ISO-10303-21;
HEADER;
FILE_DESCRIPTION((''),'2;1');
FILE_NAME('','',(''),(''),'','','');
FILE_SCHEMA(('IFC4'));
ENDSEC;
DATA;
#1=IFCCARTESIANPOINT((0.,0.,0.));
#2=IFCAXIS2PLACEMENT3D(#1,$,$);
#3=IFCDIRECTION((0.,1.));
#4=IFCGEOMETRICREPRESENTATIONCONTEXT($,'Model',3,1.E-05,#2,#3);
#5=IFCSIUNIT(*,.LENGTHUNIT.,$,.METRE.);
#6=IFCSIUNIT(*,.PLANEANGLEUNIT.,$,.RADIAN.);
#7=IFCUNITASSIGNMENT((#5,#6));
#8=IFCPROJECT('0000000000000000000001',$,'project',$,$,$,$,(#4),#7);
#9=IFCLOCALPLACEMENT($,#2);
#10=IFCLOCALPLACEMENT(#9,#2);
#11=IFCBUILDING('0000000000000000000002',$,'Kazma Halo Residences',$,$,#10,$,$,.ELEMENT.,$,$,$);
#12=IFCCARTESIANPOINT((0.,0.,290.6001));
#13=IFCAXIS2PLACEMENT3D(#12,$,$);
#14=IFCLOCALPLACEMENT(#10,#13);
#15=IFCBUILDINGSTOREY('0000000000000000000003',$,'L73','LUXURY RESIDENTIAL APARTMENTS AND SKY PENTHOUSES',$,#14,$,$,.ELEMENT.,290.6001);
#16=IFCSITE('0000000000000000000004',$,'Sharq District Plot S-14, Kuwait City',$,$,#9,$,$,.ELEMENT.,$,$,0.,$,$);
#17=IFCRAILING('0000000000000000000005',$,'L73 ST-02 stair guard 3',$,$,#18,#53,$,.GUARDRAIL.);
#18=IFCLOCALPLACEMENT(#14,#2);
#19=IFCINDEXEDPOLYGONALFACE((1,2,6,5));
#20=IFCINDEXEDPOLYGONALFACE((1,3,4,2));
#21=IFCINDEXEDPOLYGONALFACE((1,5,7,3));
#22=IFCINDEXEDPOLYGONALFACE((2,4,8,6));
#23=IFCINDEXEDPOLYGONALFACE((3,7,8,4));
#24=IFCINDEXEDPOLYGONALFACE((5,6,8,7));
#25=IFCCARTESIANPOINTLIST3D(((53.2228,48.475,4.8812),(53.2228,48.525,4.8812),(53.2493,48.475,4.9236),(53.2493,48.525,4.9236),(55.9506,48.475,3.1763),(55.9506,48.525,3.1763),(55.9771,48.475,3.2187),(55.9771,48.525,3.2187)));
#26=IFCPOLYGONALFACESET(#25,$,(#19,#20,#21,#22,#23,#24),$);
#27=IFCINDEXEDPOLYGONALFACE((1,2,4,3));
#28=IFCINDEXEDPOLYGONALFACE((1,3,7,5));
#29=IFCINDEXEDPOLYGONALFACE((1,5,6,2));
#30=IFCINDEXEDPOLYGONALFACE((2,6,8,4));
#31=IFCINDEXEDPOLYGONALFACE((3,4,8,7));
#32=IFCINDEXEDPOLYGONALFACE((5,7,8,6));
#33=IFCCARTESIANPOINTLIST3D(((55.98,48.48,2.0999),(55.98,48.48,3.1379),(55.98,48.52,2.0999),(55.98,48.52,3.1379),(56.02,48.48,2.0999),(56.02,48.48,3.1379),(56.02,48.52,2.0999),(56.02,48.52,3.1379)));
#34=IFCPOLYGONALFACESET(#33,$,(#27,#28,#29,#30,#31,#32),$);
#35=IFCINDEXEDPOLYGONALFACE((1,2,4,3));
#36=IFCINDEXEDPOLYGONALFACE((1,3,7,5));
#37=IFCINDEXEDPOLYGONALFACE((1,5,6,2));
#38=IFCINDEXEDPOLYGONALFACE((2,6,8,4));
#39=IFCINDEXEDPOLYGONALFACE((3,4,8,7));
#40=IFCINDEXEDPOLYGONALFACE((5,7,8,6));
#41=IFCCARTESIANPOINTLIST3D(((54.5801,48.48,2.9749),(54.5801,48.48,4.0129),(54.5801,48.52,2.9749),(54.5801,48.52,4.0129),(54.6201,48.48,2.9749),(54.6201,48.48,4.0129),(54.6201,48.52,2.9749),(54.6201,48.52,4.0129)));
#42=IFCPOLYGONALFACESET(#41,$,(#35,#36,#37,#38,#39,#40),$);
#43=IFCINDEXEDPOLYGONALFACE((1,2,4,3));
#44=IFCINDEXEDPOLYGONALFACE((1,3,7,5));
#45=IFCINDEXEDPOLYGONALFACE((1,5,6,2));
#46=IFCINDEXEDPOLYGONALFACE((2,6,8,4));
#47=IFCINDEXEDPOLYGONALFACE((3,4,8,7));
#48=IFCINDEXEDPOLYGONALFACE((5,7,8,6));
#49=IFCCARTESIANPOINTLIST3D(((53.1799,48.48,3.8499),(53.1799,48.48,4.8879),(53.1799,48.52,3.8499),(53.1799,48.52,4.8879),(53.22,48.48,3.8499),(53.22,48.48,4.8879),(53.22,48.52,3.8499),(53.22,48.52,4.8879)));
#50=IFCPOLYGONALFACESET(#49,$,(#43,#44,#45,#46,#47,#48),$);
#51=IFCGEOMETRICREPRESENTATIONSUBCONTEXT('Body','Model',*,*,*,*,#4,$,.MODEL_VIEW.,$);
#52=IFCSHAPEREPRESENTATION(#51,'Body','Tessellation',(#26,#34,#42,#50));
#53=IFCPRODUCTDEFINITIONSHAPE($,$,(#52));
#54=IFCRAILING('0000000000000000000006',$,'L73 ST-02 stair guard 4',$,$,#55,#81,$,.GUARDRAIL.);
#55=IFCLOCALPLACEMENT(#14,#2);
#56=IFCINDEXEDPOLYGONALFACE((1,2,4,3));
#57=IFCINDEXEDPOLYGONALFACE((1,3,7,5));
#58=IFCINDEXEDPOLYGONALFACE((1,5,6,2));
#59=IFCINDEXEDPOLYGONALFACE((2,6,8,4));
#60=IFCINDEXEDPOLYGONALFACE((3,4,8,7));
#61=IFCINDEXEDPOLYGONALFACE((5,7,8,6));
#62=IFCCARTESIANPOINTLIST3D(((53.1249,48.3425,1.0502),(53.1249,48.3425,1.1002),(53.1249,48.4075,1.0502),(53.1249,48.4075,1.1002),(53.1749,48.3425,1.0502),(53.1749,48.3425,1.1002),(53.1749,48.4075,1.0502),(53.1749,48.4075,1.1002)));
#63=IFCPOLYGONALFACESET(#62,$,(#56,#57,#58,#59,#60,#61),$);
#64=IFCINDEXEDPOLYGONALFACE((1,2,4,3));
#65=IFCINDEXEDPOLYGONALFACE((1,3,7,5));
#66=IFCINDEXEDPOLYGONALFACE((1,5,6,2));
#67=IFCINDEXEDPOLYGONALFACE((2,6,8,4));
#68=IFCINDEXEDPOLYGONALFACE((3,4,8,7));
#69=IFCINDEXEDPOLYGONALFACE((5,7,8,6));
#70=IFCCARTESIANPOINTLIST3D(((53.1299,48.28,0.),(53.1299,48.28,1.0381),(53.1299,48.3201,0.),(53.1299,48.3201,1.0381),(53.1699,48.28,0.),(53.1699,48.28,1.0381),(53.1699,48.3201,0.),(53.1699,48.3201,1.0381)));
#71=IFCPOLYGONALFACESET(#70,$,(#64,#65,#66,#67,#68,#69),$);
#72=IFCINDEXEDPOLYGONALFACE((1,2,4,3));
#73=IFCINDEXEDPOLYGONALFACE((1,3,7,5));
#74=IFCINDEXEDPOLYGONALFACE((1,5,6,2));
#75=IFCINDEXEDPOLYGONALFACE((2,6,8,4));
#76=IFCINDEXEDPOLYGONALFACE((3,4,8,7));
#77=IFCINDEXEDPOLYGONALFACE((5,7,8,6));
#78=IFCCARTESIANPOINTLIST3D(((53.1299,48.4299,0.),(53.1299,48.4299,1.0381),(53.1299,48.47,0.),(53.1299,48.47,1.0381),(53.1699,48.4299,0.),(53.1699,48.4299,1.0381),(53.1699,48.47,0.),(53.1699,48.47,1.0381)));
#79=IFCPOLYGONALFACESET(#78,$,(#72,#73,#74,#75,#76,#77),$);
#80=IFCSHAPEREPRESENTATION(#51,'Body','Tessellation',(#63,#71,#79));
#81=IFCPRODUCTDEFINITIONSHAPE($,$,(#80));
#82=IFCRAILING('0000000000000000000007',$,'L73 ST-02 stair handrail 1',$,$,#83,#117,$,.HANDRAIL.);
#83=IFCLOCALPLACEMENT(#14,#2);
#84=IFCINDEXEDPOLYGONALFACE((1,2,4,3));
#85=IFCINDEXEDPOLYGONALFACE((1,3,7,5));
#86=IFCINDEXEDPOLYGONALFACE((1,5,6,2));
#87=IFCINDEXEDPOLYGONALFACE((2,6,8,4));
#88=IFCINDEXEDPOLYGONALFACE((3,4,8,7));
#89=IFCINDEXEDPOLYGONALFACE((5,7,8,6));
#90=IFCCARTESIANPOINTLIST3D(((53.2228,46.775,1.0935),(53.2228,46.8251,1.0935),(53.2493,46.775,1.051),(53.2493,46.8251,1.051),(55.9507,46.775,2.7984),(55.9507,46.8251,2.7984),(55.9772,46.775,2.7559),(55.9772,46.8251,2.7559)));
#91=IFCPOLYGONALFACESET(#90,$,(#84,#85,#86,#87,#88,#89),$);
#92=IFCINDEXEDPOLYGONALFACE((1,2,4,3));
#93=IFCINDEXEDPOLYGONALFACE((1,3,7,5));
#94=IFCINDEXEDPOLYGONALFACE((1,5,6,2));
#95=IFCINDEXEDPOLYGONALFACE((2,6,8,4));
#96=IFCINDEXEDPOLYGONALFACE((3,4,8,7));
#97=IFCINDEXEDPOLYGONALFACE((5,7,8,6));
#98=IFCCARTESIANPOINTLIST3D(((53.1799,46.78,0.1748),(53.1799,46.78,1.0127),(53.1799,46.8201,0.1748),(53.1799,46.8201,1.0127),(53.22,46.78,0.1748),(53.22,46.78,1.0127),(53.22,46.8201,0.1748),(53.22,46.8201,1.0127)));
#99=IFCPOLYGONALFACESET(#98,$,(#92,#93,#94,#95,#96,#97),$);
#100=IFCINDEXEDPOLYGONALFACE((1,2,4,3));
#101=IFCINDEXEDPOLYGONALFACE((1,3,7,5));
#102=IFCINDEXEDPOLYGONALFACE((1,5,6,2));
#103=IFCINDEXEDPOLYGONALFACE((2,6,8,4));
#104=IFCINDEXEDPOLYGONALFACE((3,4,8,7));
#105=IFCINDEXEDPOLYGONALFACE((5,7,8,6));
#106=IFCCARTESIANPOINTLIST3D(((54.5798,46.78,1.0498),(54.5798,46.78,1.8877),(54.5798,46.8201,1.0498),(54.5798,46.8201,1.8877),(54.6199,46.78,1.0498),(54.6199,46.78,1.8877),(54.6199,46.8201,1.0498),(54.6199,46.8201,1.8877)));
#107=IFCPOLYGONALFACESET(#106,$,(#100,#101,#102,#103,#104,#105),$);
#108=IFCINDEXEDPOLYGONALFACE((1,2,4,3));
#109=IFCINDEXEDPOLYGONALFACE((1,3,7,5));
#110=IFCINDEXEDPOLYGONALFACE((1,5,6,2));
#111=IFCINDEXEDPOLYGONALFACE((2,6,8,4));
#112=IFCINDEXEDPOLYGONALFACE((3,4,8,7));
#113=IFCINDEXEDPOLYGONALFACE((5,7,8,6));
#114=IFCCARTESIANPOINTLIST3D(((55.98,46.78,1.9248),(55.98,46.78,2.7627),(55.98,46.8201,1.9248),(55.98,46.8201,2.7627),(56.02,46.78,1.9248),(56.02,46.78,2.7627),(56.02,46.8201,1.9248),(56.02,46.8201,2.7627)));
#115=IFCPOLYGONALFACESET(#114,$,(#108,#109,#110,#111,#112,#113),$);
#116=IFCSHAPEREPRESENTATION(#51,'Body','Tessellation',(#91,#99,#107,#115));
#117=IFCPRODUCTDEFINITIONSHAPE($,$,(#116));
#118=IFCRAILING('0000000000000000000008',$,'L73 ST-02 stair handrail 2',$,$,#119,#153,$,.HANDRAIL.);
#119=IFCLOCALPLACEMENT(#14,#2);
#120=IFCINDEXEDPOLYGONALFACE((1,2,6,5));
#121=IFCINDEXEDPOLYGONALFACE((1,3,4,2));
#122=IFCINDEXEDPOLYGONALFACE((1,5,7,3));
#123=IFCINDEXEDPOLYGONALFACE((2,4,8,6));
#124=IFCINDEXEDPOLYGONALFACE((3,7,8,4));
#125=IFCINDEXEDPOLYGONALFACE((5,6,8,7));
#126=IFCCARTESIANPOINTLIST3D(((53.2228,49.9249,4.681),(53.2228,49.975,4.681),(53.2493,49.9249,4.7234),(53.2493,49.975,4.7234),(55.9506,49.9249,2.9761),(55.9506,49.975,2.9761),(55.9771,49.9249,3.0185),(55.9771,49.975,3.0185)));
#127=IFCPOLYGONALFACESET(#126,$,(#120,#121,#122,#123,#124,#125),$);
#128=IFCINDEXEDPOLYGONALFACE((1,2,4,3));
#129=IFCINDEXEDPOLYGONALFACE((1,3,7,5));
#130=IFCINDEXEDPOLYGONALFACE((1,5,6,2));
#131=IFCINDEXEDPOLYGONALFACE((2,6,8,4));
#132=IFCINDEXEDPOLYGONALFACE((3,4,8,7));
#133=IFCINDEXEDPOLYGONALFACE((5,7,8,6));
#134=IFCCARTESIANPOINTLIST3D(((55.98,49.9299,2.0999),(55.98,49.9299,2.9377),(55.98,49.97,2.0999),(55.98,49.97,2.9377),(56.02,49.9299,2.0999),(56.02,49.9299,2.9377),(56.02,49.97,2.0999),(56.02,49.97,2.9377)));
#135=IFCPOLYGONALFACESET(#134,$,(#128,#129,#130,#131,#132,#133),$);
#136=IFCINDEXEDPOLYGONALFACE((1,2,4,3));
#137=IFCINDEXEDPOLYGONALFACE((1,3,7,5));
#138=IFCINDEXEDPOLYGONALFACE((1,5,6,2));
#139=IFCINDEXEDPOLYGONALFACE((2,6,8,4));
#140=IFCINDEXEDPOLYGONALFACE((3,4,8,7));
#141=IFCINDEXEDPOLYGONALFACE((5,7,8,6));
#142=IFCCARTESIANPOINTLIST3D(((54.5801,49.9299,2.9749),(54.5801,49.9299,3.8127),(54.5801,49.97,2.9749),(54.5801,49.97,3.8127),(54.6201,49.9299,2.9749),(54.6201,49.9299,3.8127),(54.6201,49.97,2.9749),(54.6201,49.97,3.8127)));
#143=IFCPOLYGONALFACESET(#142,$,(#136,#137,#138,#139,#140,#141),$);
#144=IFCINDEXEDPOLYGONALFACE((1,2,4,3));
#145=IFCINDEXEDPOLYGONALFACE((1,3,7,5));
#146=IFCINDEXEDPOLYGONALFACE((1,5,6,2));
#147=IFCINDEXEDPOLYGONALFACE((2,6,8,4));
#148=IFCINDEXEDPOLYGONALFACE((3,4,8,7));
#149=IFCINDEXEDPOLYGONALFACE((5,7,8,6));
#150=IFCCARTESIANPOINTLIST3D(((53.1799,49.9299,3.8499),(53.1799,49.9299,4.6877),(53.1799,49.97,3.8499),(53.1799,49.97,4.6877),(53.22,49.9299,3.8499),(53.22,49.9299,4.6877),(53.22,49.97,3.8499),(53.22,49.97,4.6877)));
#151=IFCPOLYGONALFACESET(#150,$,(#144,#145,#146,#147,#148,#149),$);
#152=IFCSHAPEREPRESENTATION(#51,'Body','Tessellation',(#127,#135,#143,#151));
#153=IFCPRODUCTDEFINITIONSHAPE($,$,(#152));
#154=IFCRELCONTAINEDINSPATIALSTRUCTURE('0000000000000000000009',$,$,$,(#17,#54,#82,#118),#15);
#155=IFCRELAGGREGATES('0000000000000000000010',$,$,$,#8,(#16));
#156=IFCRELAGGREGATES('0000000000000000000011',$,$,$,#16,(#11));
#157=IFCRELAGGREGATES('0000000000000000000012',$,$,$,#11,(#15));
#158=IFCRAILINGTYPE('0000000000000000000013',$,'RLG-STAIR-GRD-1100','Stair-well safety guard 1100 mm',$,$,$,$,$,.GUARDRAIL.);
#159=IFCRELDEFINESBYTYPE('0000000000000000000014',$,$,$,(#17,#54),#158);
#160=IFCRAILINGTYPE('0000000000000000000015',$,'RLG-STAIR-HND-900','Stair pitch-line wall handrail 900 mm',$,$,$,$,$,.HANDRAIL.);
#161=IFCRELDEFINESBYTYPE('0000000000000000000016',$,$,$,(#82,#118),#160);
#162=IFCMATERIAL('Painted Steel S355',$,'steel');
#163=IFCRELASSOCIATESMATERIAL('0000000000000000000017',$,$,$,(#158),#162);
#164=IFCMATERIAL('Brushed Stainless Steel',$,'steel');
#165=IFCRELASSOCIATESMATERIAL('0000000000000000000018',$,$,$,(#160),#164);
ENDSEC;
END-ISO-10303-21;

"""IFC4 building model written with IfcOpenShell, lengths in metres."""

from ifc_helpers import new_model, si_unit, direction, frame, origin, origin_2d, place, context, subcontext, project, spatial, rectangle, extrude, material, type_object, element, save


model = new_model("IFC4")

# Units and contexts
model_context = context("Model", 3, precision=1e-05, world=origin(), true_north=direction((0.0, 1.0)))
body_context = subcontext(model_context, "Body", "Model", "MODEL_VIEW")
ifc_project = project(units=[si_unit("LENGTHUNIT", "METRE"), si_unit("PLANEANGLEUNIT", "RADIAN")], contexts=[model_context])

# Site, building, storey
site_placement = place(None, origin())
site = spatial("IfcSite", under=ifc_project, at=site_placement, Name="Sharq District Plot S-14, Kuwait City", CompositionType="ELEMENT", RefElevation=0.0)
building_placement = place(site_placement, origin())
building = spatial("IfcBuilding", under=site, at=building_placement, Name="Kazma Halo Residences", CompositionType="ELEMENT")
storey_placement = place(building_placement, frame((0.0, 0.0, 290.6001)))
storey = spatial("IfcBuildingStorey", under=building, at=storey_placement, Name="L73", Description="LUXURY RESIDENTIAL APARTMENTS AND SKY PENTHOUSES", CompositionType="ELEMENT", Elevation=290.6001)

# Railings
ifc_material_1 = material(Name="Painted Steel S355", Category="steel")
railing_type_1 = type_object("IfcRailingType", Name="RLG-STAIR-GRD-1100", Description="Stair-well safety guard 1100 mm", PredefinedType="GUARDRAIL", material=ifc_material_1)
railing_1_placement = place(storey_placement, frame((56.0, 48.5, 2.0999)))
element("IfcRailing", 1, at=railing_1_placement, inside=storey, type_object=railing_type_1, Name="L73 ST-02 stair guard 3", PredefinedType="GUARDRAIL", context=body_context, shape_type="SweptSolid", body=[
    extrude(rectangle(XDim=0.05, YDim=0.05, at=origin_2d()), frame((-0.0361, 0.0, 1.0977), z_axis=(-0.848002, 0.0, 0.529992), x_axis=(0.0, -1.0, 0.0)), (0.0, 0.0, 1.0), 3.2168),
    extrude(rectangle(XDim=0.04, YDim=0.04, at=origin_2d()), origin(), (0.0, 0.0, 1.0), 1.0381),
    extrude(rectangle(XDim=0.04, YDim=0.04, at=origin_2d()), frame((-1.3999, 0.0, 0.875)), (0.0, 0.0, 1.0), 1.0381),
    extrude(rectangle(XDim=0.04, YDim=0.04, at=origin_2d()), frame((-2.8, 0.0, 1.75)), (0.0, 0.0, 1.0), 1.0381),
])
railing_2_placement = place(storey_placement, frame((53.1499, 48.3, 0.0)))
element("IfcRailing", 2, at=railing_2_placement, inside=storey, type_object=railing_type_1, Name="L73 ST-02 stair guard 4", PredefinedType="GUARDRAIL", context=body_context, shape_type="SweptSolid", body=[
    extrude(rectangle(XDim=0.05, YDim=0.05, at=origin_2d()), frame((0.0, 0.0425, 1.0752), z_axis=(0.0, 1.0, 0.0), x_axis=(-1.0, 0.0, 0.0)), (0.0, 0.0, 1.0), 0.0649),
    extrude(rectangle(XDim=0.04, YDim=0.04, at=origin_2d()), origin(), (0.0, 0.0, 1.0), 1.0381),
    extrude(rectangle(XDim=0.04, YDim=0.04, at=origin_2d()), frame((0.0, 0.1499, 0.0)), (0.0, 0.0, 1.0), 1.0381),
])
ifc_material_2 = material(Name="Brushed Stainless Steel", Category="steel")
railing_type_2 = type_object("IfcRailingType", Name="RLG-STAIR-HND-900", Description="Stair pitch-line wall handrail 900 mm", PredefinedType="HANDRAIL", material=ifc_material_2)
railing_3_placement = place(storey_placement, frame((53.2, 46.8, 0.1748)))
element("IfcRailing", 3, at=railing_3_placement, inside=storey, type_object=railing_type_2, Name="L73 ST-02 stair handrail 1", PredefinedType="HANDRAIL", context=body_context, shape_type="SweptSolid", body=[
    extrude(rectangle(XDim=0.05, YDim=0.05, at=origin_2d()), frame((0.0361, 0.0, 0.8975), z_axis=(0.848002, 0.0, 0.529992), x_axis=(0.0, 1.0, 0.0)), (0.0, 0.0, 1.0), 3.2168),
    extrude(rectangle(XDim=0.04, YDim=0.04, at=origin_2d()), origin(), (0.0, 0.0, 1.0), 0.8379),
    extrude(rectangle(XDim=0.04, YDim=0.04, at=origin_2d()), frame((1.3999, 0.0, 0.875)), (0.0, 0.0, 1.0), 0.8379),
    extrude(rectangle(XDim=0.04, YDim=0.04, at=origin_2d()), frame((2.8, 0.0, 1.75)), (0.0, 0.0, 1.0), 0.8379),
])
railing_4_placement = place(storey_placement, frame((56.0, 49.95, 2.0999)))
element("IfcRailing", 4, at=railing_4_placement, inside=storey, type_object=railing_type_2, Name="L73 ST-02 stair handrail 2", PredefinedType="HANDRAIL", context=body_context, shape_type="SweptSolid", body=[
    extrude(rectangle(XDim=0.05, YDim=0.05, at=origin_2d()), frame((-0.0361, 0.0, 0.8975), z_axis=(-0.848002, 0.0, 0.529992), x_axis=(0.0, -1.0, 0.0)), (0.0, 0.0, 1.0), 3.2168),
    extrude(rectangle(XDim=0.04, YDim=0.04, at=origin_2d()), origin(), (0.0, 0.0, 1.0), 0.8379),
    extrude(rectangle(XDim=0.04, YDim=0.04, at=origin_2d()), frame((-1.3999, 0.0, 0.875)), (0.0, 0.0, 1.0), 0.8379),
    extrude(rectangle(XDim=0.04, YDim=0.04, at=origin_2d()), frame((-2.8, 0.0, 1.75)), (0.0, 0.0, 1.0), 0.8379),
])

save(model, "model.ifc")
